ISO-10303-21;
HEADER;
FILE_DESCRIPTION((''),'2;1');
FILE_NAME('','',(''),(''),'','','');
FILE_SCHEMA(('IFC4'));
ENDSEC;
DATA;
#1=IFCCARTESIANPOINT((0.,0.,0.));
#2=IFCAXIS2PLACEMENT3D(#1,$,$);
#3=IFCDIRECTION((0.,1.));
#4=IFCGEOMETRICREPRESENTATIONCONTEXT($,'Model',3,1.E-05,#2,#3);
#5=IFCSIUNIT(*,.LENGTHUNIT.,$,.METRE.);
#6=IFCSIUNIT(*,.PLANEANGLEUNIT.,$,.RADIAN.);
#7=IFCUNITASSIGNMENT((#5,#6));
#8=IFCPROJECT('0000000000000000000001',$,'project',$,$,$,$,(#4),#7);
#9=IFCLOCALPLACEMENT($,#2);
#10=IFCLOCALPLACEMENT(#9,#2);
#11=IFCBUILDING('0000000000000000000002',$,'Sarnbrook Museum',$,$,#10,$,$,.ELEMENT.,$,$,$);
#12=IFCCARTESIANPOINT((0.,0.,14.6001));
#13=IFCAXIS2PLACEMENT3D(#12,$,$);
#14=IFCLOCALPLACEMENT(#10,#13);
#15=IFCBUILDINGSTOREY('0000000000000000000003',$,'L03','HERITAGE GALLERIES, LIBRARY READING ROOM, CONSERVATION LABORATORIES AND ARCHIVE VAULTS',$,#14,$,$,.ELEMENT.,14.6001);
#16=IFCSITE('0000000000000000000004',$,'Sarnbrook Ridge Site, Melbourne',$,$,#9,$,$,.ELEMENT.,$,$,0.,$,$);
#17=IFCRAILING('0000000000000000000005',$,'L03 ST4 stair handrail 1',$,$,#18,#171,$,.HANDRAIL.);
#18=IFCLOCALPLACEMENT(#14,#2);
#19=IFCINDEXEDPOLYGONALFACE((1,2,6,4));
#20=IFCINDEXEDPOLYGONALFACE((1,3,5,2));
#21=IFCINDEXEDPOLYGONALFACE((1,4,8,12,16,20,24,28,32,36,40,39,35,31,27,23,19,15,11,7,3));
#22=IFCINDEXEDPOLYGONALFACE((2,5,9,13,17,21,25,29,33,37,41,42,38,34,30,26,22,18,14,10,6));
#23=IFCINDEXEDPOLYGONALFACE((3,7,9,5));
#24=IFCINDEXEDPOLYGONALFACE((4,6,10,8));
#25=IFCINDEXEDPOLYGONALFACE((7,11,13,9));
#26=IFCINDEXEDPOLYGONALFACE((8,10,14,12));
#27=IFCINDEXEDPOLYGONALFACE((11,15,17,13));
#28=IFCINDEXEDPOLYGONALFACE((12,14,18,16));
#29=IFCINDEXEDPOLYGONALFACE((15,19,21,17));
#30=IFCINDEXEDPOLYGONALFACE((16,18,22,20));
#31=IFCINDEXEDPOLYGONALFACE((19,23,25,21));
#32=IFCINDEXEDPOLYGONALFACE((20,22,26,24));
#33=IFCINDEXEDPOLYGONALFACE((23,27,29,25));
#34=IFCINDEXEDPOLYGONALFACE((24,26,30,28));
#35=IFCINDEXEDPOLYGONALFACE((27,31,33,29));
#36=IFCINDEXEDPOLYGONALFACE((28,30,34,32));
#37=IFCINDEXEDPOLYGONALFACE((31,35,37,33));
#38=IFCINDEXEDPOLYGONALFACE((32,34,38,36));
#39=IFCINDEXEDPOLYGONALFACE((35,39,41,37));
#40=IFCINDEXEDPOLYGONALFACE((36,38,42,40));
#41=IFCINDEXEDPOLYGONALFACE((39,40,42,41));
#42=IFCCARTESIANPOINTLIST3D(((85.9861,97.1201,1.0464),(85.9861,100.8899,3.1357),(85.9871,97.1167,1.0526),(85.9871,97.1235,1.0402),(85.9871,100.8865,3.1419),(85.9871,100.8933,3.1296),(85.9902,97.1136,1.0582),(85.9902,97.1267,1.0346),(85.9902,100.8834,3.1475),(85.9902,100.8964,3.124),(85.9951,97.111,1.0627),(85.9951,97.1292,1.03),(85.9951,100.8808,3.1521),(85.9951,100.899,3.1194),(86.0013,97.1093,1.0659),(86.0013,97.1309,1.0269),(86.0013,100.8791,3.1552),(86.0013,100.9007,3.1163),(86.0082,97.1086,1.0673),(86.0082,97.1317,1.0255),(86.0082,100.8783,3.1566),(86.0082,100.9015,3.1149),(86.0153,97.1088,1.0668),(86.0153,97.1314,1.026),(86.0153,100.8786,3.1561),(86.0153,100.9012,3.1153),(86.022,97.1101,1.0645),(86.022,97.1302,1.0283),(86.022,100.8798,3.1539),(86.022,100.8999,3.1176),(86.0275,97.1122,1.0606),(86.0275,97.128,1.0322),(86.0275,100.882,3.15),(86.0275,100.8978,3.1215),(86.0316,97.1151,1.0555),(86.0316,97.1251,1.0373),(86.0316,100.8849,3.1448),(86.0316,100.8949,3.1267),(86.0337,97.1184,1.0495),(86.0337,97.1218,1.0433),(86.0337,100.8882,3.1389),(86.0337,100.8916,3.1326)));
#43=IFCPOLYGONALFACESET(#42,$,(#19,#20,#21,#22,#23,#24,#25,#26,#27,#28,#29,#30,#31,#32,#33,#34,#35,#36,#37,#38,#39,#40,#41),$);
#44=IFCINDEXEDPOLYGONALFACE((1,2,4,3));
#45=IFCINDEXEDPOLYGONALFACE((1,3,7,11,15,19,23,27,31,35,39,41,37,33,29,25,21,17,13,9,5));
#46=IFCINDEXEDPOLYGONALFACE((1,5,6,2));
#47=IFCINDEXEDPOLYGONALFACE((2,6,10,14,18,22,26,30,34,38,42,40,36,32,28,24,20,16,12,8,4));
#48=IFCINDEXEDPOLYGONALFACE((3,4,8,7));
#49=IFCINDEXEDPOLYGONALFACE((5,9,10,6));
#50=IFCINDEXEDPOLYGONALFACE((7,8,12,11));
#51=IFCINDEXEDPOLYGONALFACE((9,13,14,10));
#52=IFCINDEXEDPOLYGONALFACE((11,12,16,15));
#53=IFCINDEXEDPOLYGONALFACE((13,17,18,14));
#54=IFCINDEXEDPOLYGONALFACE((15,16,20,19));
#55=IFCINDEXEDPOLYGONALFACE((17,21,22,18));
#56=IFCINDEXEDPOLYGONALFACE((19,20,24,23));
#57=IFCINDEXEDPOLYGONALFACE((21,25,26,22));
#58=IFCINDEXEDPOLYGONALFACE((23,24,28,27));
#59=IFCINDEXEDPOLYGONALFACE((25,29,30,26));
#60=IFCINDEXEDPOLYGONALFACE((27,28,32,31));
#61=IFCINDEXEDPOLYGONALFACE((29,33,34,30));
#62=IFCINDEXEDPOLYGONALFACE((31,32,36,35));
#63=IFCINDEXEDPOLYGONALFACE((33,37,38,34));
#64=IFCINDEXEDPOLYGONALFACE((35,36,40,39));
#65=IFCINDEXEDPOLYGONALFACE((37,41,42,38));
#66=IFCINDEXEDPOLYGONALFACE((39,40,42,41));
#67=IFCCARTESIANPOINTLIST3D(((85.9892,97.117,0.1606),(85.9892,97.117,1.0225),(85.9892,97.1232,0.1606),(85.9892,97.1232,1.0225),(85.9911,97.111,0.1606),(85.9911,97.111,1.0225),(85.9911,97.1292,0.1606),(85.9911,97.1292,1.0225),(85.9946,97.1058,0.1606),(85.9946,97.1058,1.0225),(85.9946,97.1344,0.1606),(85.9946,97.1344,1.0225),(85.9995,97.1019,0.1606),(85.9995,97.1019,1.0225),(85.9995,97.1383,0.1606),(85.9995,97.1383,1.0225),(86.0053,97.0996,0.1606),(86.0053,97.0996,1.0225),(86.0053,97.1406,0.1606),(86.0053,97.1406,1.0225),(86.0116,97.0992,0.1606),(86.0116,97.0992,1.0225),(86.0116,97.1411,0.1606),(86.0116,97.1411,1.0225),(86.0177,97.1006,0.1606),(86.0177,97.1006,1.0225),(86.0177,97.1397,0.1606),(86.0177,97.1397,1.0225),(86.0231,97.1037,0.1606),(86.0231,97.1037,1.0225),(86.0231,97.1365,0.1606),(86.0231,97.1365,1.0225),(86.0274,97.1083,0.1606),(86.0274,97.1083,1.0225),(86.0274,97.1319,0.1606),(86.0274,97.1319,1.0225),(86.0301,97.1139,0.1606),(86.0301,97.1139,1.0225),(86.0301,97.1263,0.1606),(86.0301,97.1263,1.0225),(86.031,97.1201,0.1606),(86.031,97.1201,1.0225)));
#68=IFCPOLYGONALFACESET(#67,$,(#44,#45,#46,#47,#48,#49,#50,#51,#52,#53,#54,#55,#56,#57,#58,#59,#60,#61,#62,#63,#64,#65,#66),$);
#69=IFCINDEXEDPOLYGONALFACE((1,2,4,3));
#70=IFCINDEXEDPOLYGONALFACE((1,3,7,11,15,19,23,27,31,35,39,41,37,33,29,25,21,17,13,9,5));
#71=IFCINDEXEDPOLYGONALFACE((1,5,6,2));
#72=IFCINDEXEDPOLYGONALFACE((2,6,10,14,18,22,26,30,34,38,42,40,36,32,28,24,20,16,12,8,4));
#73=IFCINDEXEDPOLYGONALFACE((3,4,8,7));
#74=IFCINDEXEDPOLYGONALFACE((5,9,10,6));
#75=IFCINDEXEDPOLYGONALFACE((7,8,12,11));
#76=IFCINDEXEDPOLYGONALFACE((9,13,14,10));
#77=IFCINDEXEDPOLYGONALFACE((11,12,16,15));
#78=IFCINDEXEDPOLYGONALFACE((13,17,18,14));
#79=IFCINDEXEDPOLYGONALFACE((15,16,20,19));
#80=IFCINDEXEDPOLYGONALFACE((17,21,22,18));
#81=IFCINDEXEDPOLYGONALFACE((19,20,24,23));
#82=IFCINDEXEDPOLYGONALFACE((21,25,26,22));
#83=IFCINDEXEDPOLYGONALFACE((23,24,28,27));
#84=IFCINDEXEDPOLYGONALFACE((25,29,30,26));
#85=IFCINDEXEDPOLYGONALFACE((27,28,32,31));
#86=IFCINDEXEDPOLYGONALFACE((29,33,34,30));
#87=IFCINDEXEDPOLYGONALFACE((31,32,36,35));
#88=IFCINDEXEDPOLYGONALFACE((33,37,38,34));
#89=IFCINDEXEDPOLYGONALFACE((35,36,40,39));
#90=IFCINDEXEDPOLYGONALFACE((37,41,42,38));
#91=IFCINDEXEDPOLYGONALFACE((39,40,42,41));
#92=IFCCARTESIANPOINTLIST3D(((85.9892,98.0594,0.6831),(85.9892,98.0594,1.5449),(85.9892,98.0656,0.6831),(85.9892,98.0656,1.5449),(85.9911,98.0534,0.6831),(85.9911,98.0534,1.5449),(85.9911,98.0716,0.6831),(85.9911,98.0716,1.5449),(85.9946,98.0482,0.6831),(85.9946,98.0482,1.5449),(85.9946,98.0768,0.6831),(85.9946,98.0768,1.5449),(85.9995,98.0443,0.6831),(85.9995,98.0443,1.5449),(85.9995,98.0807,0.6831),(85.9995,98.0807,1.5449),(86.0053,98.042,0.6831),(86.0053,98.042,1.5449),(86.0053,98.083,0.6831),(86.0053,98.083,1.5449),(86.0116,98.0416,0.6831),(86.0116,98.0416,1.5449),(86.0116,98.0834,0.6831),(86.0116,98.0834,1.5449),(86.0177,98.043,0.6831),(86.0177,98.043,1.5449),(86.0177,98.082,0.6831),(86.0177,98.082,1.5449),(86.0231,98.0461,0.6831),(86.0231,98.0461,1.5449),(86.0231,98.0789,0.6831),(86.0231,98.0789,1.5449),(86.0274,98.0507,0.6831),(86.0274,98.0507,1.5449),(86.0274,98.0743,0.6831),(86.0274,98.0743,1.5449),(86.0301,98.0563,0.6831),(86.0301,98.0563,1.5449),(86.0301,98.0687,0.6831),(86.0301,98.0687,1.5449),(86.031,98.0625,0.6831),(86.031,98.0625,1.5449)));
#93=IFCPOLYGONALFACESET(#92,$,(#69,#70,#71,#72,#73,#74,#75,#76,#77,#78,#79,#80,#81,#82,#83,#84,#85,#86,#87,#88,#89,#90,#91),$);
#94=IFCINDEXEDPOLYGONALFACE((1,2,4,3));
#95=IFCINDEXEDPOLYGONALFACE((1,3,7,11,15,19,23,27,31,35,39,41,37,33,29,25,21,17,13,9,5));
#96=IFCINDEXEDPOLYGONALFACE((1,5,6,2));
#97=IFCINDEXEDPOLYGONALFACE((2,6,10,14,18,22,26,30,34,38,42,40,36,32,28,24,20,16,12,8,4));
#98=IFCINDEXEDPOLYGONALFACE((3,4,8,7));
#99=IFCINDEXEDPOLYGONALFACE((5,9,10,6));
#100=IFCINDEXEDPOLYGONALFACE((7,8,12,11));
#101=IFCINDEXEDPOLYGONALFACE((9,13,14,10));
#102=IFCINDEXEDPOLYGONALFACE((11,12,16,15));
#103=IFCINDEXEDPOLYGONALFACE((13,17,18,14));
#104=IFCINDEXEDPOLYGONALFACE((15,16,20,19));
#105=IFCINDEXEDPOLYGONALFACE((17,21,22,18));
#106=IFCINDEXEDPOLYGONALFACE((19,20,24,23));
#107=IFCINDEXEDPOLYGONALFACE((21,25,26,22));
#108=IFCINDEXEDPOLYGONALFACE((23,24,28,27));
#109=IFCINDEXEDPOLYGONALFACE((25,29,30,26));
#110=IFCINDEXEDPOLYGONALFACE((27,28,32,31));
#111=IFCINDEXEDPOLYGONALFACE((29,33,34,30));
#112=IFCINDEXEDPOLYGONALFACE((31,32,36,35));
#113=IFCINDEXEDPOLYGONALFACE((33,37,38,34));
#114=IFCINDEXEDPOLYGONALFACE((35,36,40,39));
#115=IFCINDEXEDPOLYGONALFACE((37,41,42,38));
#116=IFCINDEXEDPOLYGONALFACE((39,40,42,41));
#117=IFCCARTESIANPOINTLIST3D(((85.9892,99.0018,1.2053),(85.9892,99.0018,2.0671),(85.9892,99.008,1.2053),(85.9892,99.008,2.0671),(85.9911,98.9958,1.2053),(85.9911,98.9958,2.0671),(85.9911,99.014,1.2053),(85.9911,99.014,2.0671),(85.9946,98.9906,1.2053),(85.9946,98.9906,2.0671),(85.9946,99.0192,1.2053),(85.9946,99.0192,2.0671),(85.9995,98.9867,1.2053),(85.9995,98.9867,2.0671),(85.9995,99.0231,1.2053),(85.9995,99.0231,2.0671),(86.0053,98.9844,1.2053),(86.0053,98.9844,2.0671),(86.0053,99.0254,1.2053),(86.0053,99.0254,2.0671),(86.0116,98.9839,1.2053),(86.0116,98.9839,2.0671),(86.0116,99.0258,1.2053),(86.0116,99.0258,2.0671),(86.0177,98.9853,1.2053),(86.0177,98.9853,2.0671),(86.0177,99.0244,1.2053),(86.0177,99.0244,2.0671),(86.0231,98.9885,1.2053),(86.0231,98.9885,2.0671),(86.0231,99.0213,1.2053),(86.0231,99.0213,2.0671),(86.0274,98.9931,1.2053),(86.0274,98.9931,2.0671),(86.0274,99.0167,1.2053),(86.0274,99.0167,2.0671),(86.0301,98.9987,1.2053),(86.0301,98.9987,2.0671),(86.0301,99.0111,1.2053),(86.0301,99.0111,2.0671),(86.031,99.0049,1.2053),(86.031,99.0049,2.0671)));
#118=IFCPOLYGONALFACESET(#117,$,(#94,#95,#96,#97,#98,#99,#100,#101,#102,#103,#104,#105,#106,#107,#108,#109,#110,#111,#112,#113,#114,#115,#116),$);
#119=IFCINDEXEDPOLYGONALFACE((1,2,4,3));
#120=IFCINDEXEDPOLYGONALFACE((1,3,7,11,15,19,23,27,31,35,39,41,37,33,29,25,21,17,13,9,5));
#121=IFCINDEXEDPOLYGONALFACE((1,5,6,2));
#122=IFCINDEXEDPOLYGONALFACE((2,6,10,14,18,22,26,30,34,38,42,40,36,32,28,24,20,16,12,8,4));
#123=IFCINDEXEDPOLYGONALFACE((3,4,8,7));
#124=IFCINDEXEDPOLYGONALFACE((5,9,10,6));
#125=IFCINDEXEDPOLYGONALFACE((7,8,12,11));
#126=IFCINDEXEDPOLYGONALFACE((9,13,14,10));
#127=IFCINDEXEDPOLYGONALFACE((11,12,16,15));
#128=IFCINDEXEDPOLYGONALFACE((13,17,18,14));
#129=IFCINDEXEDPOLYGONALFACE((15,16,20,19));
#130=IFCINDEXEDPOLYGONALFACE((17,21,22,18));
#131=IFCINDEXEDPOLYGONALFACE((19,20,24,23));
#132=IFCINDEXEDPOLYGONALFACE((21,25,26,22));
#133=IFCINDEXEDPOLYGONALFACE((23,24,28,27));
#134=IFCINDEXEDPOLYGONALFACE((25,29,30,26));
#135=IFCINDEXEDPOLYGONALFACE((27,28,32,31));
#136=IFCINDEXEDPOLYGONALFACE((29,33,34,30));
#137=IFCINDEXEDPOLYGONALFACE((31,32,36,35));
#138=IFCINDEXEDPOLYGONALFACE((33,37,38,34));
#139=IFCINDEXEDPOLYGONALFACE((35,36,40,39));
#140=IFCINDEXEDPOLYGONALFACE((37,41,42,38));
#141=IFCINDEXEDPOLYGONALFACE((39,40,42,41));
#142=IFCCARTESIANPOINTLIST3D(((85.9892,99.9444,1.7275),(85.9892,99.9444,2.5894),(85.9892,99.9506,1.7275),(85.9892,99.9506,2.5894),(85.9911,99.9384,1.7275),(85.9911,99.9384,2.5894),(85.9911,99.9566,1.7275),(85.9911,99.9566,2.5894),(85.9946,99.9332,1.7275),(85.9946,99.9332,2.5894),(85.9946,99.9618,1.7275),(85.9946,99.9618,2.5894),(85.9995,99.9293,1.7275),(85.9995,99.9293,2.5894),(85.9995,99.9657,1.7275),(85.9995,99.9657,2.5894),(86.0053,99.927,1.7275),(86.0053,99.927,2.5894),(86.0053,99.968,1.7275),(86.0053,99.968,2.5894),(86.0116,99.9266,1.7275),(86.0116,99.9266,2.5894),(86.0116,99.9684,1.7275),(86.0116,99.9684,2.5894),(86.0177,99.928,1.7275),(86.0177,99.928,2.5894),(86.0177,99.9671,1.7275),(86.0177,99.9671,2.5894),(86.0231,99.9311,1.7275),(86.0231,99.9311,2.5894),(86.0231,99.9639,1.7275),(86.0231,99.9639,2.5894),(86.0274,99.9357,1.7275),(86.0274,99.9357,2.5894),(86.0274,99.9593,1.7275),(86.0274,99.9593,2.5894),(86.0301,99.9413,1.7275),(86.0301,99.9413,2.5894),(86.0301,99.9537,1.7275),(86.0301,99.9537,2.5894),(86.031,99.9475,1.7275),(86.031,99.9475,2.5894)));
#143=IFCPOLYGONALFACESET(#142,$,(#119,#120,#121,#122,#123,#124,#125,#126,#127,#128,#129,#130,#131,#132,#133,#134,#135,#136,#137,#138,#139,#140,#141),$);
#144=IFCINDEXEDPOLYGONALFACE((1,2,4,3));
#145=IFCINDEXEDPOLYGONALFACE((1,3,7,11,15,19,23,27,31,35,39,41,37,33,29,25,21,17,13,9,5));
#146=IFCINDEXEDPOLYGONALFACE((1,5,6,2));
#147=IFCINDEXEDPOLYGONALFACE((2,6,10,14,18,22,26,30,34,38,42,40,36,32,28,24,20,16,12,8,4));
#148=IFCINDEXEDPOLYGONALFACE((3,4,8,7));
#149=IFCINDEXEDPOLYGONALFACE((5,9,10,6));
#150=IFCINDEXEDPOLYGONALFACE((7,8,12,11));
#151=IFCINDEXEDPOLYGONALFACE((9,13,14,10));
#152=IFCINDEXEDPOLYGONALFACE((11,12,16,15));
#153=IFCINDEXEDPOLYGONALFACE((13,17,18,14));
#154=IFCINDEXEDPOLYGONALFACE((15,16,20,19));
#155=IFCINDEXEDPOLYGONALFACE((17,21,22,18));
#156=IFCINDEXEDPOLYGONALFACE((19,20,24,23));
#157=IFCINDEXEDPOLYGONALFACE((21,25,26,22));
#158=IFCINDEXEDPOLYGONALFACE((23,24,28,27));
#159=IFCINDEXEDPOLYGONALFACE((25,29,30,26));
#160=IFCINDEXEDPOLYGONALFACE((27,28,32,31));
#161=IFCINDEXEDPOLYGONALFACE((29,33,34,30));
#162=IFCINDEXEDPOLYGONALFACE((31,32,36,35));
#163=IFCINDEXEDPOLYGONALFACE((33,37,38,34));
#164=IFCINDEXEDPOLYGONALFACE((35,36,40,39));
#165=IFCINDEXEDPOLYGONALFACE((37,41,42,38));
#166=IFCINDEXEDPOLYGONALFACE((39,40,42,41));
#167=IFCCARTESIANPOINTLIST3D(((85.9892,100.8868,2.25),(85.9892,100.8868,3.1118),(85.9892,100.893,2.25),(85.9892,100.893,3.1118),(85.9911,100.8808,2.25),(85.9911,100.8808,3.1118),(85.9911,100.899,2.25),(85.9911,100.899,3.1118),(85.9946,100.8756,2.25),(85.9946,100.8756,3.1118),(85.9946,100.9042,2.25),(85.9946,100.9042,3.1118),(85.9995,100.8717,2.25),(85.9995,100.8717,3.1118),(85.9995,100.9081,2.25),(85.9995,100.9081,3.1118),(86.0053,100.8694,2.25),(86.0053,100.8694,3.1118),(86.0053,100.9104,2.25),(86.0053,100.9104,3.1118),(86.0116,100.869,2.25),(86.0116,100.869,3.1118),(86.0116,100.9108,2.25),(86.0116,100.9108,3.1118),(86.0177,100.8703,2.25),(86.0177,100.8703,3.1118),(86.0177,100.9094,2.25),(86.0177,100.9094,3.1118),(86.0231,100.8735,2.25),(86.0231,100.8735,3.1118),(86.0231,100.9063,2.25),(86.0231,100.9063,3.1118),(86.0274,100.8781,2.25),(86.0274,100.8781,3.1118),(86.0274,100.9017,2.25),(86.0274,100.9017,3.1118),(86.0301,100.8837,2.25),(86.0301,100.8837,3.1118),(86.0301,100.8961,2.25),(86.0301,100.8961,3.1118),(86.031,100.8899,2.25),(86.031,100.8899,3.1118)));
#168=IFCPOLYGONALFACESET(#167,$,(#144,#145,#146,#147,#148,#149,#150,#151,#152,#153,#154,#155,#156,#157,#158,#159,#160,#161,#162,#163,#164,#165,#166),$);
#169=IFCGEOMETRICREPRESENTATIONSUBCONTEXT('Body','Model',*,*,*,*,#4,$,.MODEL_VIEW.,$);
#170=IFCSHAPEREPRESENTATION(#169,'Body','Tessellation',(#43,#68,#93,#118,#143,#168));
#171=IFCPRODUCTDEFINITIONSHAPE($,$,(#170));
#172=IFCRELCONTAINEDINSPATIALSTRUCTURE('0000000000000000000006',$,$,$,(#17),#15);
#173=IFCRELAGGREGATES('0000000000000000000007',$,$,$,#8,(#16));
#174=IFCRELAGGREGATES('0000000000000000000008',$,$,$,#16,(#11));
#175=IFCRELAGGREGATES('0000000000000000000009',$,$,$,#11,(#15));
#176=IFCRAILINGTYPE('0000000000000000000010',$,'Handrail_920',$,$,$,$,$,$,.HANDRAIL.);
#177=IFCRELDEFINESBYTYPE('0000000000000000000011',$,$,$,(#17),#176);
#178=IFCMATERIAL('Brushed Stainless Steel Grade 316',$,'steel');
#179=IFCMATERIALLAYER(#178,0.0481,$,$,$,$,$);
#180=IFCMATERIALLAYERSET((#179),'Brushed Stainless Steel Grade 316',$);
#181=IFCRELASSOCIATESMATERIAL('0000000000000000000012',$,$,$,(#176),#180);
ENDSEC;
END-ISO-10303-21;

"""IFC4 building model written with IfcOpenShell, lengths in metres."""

from ifc_helpers import new_model, si_unit, direction, frame, origin, origin_2d, place, context, subcontext, project, spatial, circle, extrude, material, layer, layer_set, type_object, element, save


model = new_model("IFC4")

# Units and contexts
model_context = context("Model", 3, precision=1e-05, world=origin(), true_north=direction((0.0, 1.0)))
body_context = subcontext(model_context, "Body", "Model", "MODEL_VIEW")
ifc_project = project(units=[si_unit("LENGTHUNIT", "METRE"), si_unit("PLANEANGLEUNIT", "RADIAN")], contexts=[model_context])

# Site, building, storey
site_placement = place(None, origin())
site = spatial("IfcSite", under=ifc_project, at=site_placement, Name="Sarnbrook Ridge Site, Melbourne", CompositionType="ELEMENT", RefElevation=0.0)
building_placement = place(site_placement, origin())
building = spatial("IfcBuilding", under=site, at=building_placement, Name="Sarnbrook Museum", CompositionType="ELEMENT")
storey_placement = place(building_placement, frame((0.0, 0.0, 14.6001)))
storey = spatial("IfcBuildingStorey", under=building, at=storey_placement, Name="L03", Description="HERITAGE GALLERIES, LIBRARY READING ROOM, CONSERVATION LABORATORIES AND ARCHIVE VAULTS", CompositionType="ELEMENT", Elevation=14.6001)

# Shared definitions
ifc_material_1 = material(Name="Brushed Stainless Steel Grade 316", Category="steel")

# Railing
ifc_layer_1 = layer(ifc_material_1, 0.0481)
ifc_layer_set_1 = layer_set([ifc_layer_1], Name="Brushed Stainless Steel Grade 316")
railing_type_1 = type_object("IfcRailingType", Name="Handrail_920", PredefinedType="HANDRAIL", material=ifc_layer_set_1)
railing_1_placement = place(storey_placement, frame((86.01, 97.1201, 0.1606)))
element("IfcRailing", 1, at=railing_1_placement, inside=storey, type_object=railing_type_1, Name="L03 ST4 stair handrail 1", PredefinedType="HANDRAIL", context=body_context, shape_type="SweptSolid", body=[
    extrude(circle(Radius=0.0239, at=origin_2d()), frame((0.0, 0.0, 0.8857), z_axis=(0.0, 0.874646, 0.484763), x_axis=(-1.0, 0.0, 0.0)), (0.0, 0.0, 1.0), 4.3101),
    extrude(circle(Radius=0.021, at=origin_2d()), origin(), (0.0, 0.0, 1.0), 0.8618),
    extrude(circle(Radius=0.021, at=origin_2d()), frame((0.0, 0.9424, 0.5225)), (0.0, 0.0, 1.0), 0.8618),
    extrude(circle(Radius=0.021, at=origin_2d()), frame((0.0, 1.8848, 1.0447)), (0.0, 0.0, 1.0), 0.8618),
    extrude(circle(Radius=0.021, at=origin_2d()), frame((0.0, 2.8274, 1.5669)), (0.0, 0.0, 1.0), 0.8618),
    extrude(circle(Radius=0.021, at=origin_2d()), frame((0.0, 3.7698, 2.0894)), (0.0, 0.0, 1.0), 0.8618),
])

save(model, "model.ifc")
